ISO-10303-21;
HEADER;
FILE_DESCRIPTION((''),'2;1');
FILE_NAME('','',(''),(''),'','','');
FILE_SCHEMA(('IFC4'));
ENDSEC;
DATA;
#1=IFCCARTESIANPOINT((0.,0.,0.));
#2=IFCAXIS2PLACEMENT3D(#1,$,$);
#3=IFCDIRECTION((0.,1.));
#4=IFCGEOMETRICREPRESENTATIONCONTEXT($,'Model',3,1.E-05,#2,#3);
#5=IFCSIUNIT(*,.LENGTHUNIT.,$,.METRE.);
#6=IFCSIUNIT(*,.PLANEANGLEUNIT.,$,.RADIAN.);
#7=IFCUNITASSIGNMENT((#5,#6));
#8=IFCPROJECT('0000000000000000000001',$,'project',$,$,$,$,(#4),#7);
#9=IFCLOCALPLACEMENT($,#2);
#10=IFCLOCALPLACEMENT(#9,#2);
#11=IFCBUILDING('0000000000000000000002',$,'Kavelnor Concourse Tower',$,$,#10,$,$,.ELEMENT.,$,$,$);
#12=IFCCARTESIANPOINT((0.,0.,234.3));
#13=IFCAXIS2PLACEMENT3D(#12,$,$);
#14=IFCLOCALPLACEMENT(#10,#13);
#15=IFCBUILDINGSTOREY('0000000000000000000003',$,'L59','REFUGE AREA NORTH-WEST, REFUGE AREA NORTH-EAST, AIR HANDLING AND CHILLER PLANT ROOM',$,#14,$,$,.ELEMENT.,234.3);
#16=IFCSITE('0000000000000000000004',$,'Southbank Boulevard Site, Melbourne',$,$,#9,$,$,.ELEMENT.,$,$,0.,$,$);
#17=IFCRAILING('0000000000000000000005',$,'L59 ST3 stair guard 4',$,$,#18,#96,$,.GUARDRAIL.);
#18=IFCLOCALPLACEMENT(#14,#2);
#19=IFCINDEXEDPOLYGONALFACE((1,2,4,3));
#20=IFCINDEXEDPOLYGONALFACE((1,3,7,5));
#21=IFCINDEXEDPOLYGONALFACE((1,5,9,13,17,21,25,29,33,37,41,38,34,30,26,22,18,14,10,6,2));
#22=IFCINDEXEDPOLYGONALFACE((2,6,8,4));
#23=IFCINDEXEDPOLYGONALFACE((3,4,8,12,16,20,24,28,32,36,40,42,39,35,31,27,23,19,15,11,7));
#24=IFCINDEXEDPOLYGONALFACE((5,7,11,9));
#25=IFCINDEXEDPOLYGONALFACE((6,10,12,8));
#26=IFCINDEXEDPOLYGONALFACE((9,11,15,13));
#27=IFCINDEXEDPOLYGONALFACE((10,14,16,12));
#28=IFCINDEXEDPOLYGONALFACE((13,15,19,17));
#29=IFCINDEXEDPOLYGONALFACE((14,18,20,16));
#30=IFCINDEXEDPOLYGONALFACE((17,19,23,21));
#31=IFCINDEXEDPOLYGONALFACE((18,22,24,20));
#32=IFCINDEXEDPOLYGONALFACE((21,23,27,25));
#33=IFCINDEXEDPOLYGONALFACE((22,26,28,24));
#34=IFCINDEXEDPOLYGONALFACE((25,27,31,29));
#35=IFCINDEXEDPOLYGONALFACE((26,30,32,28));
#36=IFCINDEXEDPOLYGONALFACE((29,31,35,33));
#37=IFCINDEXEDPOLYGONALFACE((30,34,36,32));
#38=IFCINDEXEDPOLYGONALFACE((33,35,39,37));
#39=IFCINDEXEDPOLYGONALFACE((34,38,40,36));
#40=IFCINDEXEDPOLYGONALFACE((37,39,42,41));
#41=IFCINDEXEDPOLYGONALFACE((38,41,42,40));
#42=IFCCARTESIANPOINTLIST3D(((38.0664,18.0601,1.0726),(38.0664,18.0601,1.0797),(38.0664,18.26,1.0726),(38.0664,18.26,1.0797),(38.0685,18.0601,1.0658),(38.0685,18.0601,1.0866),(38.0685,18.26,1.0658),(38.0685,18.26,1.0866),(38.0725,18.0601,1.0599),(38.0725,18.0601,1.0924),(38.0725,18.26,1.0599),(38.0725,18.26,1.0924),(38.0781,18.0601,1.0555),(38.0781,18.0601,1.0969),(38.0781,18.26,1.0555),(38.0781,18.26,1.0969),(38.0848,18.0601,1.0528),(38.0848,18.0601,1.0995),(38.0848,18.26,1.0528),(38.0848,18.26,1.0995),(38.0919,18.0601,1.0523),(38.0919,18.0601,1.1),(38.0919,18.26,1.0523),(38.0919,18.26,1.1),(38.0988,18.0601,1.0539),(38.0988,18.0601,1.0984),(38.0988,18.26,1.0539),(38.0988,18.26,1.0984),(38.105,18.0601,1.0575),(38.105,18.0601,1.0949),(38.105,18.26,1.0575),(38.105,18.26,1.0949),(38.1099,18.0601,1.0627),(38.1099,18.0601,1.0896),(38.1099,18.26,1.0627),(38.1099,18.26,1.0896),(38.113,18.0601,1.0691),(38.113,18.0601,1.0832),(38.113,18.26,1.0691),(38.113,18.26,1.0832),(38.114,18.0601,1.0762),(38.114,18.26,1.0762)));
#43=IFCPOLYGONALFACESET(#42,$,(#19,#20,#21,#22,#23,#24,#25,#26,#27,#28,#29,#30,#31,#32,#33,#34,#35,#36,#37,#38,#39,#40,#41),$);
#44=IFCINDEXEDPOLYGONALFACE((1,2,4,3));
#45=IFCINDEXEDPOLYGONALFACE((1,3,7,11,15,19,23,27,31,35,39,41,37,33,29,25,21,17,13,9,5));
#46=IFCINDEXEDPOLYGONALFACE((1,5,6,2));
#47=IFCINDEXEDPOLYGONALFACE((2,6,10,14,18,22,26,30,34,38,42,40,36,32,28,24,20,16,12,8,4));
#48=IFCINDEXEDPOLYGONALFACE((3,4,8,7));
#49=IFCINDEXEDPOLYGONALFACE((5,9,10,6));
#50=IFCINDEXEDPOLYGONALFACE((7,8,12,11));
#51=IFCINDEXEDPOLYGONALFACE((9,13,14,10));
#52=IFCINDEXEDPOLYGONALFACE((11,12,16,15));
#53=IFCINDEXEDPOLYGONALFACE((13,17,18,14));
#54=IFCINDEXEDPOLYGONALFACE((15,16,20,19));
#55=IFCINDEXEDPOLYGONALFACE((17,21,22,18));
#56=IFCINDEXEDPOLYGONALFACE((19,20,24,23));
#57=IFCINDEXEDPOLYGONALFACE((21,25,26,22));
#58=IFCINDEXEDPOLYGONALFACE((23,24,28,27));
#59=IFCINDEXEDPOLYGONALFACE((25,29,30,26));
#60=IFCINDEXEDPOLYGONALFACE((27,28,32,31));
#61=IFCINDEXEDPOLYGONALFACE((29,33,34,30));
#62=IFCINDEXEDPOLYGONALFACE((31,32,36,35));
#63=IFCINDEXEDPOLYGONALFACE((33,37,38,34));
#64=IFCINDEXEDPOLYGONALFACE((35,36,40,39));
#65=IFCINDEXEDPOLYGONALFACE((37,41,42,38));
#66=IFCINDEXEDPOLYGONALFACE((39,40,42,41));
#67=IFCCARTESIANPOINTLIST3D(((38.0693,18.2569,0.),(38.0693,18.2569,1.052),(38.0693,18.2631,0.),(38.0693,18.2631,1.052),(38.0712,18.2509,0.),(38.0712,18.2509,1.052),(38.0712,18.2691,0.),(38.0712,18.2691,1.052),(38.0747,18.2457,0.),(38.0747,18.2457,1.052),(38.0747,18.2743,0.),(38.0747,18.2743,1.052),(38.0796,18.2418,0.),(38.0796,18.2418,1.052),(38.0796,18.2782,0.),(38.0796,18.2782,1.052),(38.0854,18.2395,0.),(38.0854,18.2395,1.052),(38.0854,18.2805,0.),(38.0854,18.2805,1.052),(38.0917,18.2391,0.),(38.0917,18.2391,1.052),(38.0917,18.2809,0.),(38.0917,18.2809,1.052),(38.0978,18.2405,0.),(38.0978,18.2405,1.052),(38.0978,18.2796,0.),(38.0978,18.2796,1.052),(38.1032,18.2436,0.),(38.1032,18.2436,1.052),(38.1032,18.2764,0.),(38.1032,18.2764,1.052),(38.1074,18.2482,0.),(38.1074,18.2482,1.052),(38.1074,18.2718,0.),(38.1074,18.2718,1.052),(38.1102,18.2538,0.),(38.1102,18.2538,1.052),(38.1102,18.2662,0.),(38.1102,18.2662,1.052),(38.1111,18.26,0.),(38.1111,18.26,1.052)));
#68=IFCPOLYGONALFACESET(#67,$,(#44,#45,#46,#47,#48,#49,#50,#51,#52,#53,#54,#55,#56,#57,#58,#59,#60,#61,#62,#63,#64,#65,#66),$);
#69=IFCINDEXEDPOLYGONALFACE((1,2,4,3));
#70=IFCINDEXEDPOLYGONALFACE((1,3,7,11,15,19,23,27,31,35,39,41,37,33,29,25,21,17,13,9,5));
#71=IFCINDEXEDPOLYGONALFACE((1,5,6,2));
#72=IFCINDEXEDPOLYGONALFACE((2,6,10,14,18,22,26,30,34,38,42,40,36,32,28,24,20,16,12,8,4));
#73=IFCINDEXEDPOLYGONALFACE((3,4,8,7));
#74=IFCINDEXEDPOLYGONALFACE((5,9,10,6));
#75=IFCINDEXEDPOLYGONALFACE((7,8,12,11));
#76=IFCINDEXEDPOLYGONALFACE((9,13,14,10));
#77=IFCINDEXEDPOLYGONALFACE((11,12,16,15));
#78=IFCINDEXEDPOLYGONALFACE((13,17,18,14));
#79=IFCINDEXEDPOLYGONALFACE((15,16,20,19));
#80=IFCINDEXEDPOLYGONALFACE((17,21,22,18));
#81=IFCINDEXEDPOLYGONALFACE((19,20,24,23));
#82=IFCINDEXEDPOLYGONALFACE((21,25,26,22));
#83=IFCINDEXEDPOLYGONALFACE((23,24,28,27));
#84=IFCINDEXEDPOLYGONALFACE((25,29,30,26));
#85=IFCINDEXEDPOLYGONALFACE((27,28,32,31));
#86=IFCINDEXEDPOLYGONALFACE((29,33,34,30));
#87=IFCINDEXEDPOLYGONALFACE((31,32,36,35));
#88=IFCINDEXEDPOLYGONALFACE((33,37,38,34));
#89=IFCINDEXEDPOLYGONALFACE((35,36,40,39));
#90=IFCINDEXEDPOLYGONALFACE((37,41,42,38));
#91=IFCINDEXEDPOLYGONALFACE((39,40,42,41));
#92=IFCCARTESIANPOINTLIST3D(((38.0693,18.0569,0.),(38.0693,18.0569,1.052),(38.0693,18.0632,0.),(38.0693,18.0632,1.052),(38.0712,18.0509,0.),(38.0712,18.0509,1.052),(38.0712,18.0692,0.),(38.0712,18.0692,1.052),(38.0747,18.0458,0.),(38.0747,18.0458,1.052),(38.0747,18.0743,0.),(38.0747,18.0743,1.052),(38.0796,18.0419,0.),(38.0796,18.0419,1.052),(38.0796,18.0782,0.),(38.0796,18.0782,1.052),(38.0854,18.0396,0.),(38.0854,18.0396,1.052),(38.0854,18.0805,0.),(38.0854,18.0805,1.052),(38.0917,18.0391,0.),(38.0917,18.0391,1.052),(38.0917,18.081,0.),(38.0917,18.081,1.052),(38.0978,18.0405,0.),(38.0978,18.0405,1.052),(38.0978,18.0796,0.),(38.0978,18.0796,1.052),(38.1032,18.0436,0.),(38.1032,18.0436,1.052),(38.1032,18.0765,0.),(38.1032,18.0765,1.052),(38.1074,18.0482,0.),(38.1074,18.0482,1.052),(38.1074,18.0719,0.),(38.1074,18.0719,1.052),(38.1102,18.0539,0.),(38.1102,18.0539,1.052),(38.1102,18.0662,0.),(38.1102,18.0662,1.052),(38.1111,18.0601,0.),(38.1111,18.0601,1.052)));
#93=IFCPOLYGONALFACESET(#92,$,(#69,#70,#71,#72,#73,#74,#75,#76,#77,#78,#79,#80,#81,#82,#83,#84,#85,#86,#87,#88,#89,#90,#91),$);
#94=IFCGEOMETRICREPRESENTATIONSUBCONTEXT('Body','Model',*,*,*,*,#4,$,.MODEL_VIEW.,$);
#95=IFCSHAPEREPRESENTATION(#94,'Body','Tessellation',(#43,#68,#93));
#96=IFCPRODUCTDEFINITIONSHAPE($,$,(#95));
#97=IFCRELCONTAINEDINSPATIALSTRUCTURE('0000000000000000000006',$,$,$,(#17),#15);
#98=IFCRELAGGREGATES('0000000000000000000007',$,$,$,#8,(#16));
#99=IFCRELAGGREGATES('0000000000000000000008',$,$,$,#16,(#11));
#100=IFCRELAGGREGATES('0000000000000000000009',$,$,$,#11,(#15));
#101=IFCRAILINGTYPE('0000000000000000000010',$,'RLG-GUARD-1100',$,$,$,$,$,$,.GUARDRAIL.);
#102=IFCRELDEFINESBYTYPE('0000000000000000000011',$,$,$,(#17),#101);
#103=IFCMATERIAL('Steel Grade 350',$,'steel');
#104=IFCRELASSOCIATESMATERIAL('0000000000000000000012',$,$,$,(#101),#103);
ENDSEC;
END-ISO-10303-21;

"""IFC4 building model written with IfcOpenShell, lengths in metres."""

from ifc_helpers import new_model, si_unit, direction, frame, origin, origin_2d, place, context, subcontext, project, spatial, circle, extrude, material, type_object, element, save


model = new_model("IFC4")

# Units and contexts
model_context = context("Model", 3, precision=1e-05, world=origin(), true_north=direction((0.0, 1.0)))
body_context = subcontext(model_context, "Body", "Model", "MODEL_VIEW")
ifc_project = project(units=[si_unit("LENGTHUNIT", "METRE"), si_unit("PLANEANGLEUNIT", "RADIAN")], contexts=[model_context])

# Site, building, storey
site_placement = place(None, origin())
site = spatial("IfcSite", under=ifc_project, at=site_placement, Name="Southbank Boulevard Site, Melbourne", CompositionType="ELEMENT", RefElevation=0.0)
building_placement = place(site_placement, origin())
building = spatial("IfcBuilding", under=site, at=building_placement, Name="Kavelnor Concourse Tower", CompositionType="ELEMENT")
storey_placement = place(building_placement, frame((0.0, 0.0, 234.3)))
storey = spatial("IfcBuildingStorey", under=building, at=storey_placement, Name="L59", Description="REFUGE AREA NORTH-WEST, REFUGE AREA NORTH-EAST, AIR HANDLING AND CHILLER PLANT ROOM", CompositionType="ELEMENT", Elevation=234.3)

# Shared definitions
ifc_material_1 = material(Name="Steel Grade 350", Category="steel")

# Railing
railing_type_1 = type_object("IfcRailingType", Name="RLG-GUARD-1100", PredefinedType="GUARDRAIL", material=ifc_material_1)
railing_1_placement = place(storey_placement, frame((38.0901, 18.26, 0.0)))
element("IfcRailing", 1, at=railing_1_placement, inside=storey, type_object=railing_type_1, Name="L59 ST3 stair guard 4", PredefinedType="GUARDRAIL", context=body_context, shape_type="SweptSolid", body=[
    extrude(circle(Radius=0.0239, at=origin_2d()), frame((0.0, 0.0, 1.0762), z_axis=(0.0, -1.0, 0.0), x_axis=(1.0, 0.0, 0.0)), (0.0, 0.0, 1.0), 0.2),
    extrude(circle(Radius=0.021, at=origin_2d()), origin(), (0.0, 0.0, 1.0), 1.052),
    extrude(circle(Radius=0.021, at=origin_2d()), frame((0.0, -0.2, 0.0)), (0.0, 0.0, 1.0), 1.052),
])

save(model, "model.ifc")
